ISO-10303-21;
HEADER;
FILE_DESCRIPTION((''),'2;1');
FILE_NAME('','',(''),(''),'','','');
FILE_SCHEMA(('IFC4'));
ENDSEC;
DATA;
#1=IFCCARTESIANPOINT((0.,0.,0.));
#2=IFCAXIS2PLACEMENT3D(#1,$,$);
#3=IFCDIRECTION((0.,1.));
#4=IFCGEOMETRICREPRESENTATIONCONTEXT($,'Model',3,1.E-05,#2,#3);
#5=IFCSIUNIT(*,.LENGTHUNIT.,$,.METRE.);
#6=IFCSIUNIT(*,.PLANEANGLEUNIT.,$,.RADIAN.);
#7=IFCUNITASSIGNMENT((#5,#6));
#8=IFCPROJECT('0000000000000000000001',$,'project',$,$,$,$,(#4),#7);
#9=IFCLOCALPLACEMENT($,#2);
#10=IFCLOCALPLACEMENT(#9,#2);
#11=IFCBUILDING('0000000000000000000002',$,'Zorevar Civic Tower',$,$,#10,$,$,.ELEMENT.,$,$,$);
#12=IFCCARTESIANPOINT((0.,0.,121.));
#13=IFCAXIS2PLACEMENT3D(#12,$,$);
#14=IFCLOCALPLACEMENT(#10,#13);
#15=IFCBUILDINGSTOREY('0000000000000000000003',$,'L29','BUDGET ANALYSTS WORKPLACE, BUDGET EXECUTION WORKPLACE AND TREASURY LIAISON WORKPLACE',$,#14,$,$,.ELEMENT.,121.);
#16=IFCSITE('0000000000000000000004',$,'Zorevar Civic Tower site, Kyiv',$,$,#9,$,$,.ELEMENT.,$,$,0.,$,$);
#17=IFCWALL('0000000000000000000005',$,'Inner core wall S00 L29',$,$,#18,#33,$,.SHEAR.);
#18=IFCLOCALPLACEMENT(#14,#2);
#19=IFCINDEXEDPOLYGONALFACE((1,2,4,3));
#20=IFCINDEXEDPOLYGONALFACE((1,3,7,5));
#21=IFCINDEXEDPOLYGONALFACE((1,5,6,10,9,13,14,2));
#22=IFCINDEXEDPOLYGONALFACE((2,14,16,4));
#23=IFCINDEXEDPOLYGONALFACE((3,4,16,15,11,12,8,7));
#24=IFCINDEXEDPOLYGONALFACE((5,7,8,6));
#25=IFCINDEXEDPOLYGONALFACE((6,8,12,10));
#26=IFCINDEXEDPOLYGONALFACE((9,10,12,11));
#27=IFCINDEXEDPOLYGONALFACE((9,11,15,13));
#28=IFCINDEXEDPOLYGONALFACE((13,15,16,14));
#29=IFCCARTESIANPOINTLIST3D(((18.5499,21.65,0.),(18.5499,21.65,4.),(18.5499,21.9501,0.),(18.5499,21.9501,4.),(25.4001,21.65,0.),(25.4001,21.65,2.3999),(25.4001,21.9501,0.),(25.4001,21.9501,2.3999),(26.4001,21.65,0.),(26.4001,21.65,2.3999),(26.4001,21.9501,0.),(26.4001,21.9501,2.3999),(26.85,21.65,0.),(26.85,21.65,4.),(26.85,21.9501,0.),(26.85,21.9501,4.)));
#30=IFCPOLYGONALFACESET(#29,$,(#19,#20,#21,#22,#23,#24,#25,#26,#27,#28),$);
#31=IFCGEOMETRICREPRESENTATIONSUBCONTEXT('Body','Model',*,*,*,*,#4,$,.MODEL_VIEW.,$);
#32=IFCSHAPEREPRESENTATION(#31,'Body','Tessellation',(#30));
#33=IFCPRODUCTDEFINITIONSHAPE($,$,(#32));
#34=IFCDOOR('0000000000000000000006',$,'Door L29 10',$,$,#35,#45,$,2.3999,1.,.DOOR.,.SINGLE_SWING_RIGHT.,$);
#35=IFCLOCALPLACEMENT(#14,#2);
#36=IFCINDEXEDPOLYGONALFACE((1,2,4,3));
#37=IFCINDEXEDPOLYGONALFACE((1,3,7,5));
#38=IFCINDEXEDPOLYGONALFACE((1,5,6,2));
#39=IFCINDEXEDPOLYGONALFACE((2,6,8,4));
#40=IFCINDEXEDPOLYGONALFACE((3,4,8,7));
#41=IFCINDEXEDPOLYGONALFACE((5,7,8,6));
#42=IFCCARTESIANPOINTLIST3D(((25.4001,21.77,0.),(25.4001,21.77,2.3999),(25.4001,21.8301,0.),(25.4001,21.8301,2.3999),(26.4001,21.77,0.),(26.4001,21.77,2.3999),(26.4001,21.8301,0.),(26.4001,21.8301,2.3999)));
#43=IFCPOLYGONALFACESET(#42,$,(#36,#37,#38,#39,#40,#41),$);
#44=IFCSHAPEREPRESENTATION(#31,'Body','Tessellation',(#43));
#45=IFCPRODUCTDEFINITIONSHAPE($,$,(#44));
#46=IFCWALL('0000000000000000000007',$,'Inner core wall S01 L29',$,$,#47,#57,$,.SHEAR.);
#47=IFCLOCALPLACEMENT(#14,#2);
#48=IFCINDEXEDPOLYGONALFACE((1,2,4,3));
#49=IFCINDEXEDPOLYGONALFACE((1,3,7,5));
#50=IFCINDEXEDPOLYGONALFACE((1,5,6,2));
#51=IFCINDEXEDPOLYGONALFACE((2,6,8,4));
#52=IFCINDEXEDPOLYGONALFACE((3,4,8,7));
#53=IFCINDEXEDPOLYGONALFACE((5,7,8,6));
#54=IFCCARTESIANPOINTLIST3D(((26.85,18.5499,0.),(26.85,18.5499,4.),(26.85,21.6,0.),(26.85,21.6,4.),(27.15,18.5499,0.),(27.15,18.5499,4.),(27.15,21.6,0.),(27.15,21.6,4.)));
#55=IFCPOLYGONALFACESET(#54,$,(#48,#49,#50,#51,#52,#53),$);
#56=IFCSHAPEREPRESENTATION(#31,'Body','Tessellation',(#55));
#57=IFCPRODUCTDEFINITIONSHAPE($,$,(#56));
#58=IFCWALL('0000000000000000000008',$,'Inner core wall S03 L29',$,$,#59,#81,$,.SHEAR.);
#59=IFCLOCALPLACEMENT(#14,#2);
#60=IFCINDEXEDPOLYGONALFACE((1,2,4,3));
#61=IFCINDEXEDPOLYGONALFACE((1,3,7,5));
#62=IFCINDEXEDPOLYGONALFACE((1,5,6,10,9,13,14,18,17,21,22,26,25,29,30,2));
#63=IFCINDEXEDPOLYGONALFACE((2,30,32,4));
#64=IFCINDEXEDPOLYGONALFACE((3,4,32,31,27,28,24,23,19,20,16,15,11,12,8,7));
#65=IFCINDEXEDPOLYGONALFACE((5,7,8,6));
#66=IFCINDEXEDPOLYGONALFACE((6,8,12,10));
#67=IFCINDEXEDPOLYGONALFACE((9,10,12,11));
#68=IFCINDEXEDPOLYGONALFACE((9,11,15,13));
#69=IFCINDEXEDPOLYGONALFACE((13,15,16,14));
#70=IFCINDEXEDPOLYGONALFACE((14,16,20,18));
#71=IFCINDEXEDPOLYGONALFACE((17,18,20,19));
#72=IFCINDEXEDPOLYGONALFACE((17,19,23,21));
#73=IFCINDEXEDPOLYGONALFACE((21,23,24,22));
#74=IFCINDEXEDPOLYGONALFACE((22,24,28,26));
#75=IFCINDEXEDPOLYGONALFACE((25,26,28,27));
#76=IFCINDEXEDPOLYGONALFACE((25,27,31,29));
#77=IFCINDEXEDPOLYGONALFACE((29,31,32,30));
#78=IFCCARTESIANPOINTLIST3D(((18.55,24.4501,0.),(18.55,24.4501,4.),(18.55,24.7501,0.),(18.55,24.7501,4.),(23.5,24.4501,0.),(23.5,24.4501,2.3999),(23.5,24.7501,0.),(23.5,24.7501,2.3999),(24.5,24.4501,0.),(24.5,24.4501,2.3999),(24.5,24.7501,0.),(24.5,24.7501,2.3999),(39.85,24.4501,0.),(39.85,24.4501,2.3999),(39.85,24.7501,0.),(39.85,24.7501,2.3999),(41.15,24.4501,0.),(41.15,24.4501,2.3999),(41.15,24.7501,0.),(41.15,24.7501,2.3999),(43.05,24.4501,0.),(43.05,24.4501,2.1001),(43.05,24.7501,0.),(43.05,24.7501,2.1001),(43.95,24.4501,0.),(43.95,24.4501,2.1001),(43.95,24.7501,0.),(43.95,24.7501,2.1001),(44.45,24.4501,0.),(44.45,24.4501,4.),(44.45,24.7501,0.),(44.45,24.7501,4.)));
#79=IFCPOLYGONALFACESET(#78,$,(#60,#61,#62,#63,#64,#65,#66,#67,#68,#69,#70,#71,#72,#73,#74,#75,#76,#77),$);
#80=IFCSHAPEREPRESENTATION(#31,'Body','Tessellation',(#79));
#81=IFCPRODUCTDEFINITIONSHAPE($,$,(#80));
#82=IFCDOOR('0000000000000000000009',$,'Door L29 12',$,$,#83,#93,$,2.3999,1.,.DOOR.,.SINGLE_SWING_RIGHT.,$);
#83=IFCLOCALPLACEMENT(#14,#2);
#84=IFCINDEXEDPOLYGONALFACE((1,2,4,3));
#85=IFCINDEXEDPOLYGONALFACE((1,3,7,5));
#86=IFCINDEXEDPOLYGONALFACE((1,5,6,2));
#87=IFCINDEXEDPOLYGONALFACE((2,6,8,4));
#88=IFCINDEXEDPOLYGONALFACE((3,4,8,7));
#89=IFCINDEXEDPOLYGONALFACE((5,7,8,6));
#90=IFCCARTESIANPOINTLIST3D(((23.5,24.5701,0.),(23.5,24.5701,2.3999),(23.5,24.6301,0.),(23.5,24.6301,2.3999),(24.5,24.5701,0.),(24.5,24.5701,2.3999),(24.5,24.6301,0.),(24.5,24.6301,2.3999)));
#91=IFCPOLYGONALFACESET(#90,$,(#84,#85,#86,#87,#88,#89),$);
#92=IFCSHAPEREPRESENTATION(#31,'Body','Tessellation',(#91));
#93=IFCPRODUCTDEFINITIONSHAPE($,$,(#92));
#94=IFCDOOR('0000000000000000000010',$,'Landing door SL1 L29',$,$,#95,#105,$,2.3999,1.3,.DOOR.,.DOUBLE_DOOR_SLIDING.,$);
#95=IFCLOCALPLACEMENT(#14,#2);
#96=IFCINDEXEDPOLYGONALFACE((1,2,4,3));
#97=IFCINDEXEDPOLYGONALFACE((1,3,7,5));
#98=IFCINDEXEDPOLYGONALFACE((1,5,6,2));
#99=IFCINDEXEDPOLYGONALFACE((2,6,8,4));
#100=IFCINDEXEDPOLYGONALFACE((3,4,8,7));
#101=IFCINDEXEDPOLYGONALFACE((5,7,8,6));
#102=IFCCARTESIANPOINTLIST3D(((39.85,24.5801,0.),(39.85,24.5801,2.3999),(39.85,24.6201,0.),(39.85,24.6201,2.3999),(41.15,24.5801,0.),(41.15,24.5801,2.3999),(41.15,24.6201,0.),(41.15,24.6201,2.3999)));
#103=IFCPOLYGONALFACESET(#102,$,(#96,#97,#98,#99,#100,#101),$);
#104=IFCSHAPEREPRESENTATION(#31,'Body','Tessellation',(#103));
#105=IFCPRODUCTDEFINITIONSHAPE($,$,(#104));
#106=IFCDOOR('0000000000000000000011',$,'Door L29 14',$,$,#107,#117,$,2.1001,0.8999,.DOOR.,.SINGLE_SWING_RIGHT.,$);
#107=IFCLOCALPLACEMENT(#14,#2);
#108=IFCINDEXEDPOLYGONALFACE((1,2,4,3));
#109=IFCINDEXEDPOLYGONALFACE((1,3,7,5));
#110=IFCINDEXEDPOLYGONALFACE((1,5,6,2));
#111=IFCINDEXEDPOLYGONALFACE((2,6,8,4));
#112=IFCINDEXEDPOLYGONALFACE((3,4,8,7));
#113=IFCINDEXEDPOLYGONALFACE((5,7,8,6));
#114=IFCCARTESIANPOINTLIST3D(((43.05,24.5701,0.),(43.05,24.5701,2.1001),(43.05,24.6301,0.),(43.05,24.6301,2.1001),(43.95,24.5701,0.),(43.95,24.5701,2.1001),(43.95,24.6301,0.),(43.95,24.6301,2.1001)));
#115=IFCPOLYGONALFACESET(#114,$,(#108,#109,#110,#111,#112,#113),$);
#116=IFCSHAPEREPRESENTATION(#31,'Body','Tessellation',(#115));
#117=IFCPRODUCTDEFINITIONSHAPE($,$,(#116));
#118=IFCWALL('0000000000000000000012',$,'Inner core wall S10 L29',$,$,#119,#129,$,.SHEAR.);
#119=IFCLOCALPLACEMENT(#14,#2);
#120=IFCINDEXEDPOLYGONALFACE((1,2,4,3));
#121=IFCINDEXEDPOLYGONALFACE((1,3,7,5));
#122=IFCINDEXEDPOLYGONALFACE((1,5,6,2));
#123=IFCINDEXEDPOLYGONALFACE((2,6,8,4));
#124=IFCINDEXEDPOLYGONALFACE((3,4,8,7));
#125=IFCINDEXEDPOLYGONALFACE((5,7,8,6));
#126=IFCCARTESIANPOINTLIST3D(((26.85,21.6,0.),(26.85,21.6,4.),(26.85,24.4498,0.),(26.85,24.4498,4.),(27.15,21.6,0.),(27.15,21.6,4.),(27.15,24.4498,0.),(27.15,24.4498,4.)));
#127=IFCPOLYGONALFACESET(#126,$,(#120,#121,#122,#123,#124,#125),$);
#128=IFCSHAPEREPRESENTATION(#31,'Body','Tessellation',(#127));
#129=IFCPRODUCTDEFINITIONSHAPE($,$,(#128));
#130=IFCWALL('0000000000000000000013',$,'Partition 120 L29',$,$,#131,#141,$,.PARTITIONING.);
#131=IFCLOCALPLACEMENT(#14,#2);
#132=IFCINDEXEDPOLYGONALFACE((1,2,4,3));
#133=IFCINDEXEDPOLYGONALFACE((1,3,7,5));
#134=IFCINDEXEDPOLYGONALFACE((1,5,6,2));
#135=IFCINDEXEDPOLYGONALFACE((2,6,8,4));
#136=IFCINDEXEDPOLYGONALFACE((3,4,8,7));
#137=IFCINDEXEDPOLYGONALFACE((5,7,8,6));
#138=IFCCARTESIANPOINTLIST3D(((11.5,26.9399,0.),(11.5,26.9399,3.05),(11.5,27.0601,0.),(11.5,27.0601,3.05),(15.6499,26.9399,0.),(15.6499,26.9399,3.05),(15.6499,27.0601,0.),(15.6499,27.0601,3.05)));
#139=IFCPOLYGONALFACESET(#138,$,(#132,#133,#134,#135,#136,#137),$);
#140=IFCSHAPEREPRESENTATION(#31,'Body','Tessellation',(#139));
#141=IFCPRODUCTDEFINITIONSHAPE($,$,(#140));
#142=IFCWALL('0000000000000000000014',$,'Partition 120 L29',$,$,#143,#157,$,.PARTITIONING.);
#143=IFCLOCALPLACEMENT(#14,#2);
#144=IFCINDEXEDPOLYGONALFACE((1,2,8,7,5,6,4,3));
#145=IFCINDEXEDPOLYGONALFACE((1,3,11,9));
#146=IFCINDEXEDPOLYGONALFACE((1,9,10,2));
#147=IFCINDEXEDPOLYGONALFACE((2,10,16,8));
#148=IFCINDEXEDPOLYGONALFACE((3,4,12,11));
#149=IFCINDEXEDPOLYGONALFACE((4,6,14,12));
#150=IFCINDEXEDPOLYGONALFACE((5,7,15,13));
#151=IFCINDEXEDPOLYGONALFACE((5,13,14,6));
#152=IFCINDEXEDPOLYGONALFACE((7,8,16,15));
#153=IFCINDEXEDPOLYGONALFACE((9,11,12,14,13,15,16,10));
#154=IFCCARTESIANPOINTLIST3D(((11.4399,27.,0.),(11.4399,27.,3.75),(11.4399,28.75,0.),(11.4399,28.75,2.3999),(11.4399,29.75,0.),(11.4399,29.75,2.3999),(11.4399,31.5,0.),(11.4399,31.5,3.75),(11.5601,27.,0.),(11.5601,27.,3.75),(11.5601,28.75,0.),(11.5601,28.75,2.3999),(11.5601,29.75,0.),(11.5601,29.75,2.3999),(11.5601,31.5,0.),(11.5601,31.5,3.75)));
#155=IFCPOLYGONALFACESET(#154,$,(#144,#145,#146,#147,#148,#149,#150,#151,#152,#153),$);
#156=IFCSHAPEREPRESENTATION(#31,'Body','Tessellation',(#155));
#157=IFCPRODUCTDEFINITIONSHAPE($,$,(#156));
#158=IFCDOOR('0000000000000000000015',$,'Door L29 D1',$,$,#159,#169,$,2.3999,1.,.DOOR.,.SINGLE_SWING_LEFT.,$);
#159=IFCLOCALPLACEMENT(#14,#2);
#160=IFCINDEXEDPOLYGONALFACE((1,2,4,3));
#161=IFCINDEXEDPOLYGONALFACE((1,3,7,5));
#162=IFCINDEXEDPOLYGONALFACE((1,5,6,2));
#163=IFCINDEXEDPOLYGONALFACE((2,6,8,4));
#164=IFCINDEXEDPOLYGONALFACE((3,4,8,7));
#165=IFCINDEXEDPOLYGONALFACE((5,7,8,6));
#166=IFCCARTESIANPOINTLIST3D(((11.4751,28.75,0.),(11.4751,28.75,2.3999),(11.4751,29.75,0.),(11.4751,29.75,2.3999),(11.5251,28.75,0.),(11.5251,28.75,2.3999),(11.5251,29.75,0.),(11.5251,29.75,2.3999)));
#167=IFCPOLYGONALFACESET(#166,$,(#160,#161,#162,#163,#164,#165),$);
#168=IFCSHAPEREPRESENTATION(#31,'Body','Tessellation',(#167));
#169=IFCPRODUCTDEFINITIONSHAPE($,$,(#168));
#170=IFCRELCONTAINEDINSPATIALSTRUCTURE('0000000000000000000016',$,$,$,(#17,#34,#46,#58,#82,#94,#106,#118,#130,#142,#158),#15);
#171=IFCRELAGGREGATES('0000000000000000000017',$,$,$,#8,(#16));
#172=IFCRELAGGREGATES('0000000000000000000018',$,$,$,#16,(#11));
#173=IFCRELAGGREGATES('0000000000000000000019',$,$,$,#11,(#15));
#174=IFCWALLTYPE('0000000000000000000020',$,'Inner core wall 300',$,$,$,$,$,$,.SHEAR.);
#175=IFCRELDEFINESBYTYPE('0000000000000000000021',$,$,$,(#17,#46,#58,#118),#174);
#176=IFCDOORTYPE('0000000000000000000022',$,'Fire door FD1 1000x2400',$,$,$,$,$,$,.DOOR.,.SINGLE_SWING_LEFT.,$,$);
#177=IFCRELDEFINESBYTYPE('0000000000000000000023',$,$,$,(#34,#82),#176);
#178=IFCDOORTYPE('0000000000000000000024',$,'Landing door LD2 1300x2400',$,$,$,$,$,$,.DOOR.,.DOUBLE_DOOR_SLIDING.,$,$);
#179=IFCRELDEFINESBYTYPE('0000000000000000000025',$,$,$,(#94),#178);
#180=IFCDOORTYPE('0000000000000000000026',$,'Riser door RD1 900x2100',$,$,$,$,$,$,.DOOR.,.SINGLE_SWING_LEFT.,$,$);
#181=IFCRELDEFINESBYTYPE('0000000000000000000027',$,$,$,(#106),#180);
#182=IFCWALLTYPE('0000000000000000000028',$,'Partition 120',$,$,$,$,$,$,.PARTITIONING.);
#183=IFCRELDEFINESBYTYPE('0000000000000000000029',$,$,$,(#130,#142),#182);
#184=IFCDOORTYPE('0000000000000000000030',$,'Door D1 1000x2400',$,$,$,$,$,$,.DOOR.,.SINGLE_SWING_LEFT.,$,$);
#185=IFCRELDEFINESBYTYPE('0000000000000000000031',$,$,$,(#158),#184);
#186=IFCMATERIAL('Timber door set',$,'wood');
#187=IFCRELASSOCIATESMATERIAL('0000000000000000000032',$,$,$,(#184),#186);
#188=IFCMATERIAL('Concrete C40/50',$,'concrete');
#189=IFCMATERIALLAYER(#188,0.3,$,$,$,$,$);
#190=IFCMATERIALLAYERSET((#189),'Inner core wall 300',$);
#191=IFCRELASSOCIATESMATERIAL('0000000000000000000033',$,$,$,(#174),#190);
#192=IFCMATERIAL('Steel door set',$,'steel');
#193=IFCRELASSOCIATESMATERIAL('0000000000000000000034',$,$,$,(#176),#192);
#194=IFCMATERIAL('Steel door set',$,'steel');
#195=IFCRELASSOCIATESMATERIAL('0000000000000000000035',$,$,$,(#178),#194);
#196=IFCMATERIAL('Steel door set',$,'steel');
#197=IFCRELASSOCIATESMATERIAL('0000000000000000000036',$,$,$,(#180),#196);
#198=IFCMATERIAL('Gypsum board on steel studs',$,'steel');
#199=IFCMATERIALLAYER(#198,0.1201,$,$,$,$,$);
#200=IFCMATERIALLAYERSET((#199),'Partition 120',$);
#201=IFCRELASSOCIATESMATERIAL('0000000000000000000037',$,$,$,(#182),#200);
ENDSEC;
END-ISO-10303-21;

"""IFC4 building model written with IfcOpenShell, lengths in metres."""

from ifc_helpers import new_model, si_unit, direction, frame, frame_2d, origin, place, context, subcontext, project, spatial, rectangle, extrude, material, layer, layer_set, type_object, element, fill, save


model = new_model("IFC4")

# Units and contexts
model_context = context("Model", 3, precision=1e-05, world=origin(), true_north=direction((0.0, 1.0)))
body_context = subcontext(model_context, "Body", "Model", "MODEL_VIEW")
ifc_project = project(units=[si_unit("LENGTHUNIT", "METRE"), si_unit("PLANEANGLEUNIT", "RADIAN")], contexts=[model_context])

# Site, building, storey
site_placement = place(None, origin())
site = spatial("IfcSite", under=ifc_project, at=site_placement, Name="Zorevar Civic Tower site, Kyiv", CompositionType="ELEMENT", RefElevation=0.0)
building_placement = place(site_placement, origin())
building = spatial("IfcBuilding", under=site, at=building_placement, Name="Zorevar Civic Tower", CompositionType="ELEMENT")
storey_placement = place(building_placement, frame((0.0, 0.0, 121.0)))
storey = spatial("IfcBuildingStorey", under=building, at=storey_placement, Name="L29", Description="BUDGET ANALYSTS WORKPLACE, BUDGET EXECUTION WORKPLACE AND TREASURY LIAISON WORKPLACE", CompositionType="ELEMENT", Elevation=121.0)

# Shared definitions
ifc_material_1 = material(Name="Timber door set", Category="wood")
door_type_1 = type_object("IfcDoorType", Name="Door D1 1000x2400", OperationType="SINGLE_SWING_LEFT", PredefinedType="DOOR", material=ifc_material_1)

# Wall, opening, door
ifc_material_2 = material(Name="Concrete C40/50", Category="concrete")
ifc_layer_1 = layer(ifc_material_2, 0.3)
ifc_layer_set_1 = layer_set([ifc_layer_1], Name="Inner core wall 300")
wall_type_1 = type_object("IfcWallType", Name="Inner core wall 300", PredefinedType="SHEAR", material=ifc_layer_set_1)
wall_1_placement = place(storey_placement, frame((18.55, 21.8, 0.0), z_axis=(0.0, 0.0, 1.0), x_axis=(1.0, 0.0, 0.0)))
wall_1 = element("IfcWall", 1, at=wall_1_placement, inside=storey, type_object=wall_type_1, Name="Inner core wall S00 L29", PredefinedType="SHEAR", context=body_context, shape_type="SweptSolid", body=[
    extrude(rectangle(XDim=8.3, YDim=0.3, at=frame_2d((4.1499, 0.0))), origin(), (0.0, 0.0, 1.0), 4.0),
])
opening_1_placement = place(wall_1_placement, frame((6.8501, 0.0, 0.0)))
opening_1 = element("IfcOpeningElement", 2, at=opening_1_placement, cuts=wall_1, PredefinedType="OPENING", context=body_context, shape_type="SweptSolid", body=[
    extrude(rectangle(XDim=1.0, YDim=2.3999, at=frame_2d((0.5, 1.2))), frame((0.0, 0.1599, 0.0), z_axis=(0.0, -1.0, 0.0), x_axis=(1.0, 0.0, 0.0)), (0.0, 0.0, 1.0), 0.3201),
])
ifc_material_3 = material(Name="Steel door set", Category="steel")
door_type_2 = type_object("IfcDoorType", Name="Fire door FD1 1000x2400", OperationType="SINGLE_SWING_LEFT", PredefinedType="DOOR", material=ifc_material_3)
door_1_placement = place(opening_1_placement, origin())
door_1 = element("IfcDoor", 3, at=door_1_placement, inside=storey, type_object=door_type_2, Name="Door L29 10", OperationType="SINGLE_SWING_RIGHT", OverallHeight=2.3999, OverallWidth=1.0, PredefinedType="DOOR", context=body_context, shape_type="SweptSolid", body=[
    extrude(rectangle(XDim=1.0, YDim=2.3999, at=frame_2d((0.5, 1.2))), frame((0.0, 0.03, 0.0), z_axis=(0.0, -1.0, 0.0), x_axis=(1.0, 0.0, 0.0)), (0.0, 0.0, 1.0), 0.0601),
])
fill(opening_1, door_1)

# Wall
wall_2_placement = place(storey_placement, frame((27.0, 18.55, 0.0), z_axis=(0.0, 0.0, 1.0), x_axis=(0.0, 1.0, 0.0)))
element("IfcWall", 4, at=wall_2_placement, inside=storey, type_object=wall_type_1, Name="Inner core wall S01 L29", PredefinedType="SHEAR", context=body_context, shape_type="SweptSolid", body=[
    extrude(rectangle(XDim=3.05, YDim=0.3, at=frame_2d((1.5249, 0.0))), origin(), (0.0, 0.0, 1.0), 4.0),
])

# Wall, openings, doors
wall_3_placement = place(storey_placement, frame((18.55, 24.6001, 0.0), z_axis=(0.0, 0.0, 1.0), x_axis=(1.0, 0.0, 0.0)))
wall_3 = element("IfcWall", 5, at=wall_3_placement, inside=storey, type_object=wall_type_1, Name="Inner core wall S03 L29", PredefinedType="SHEAR", context=body_context, shape_type="SweptSolid", body=[
    extrude(rectangle(XDim=25.8999, YDim=0.3, at=frame_2d((12.95, 0.0))), origin(), (0.0, 0.0, 1.0), 4.0),
])
opening_2_placement = place(wall_3_placement, frame((4.95, 0.0, 0.0)))
opening_2 = element("IfcOpeningElement", 6, at=opening_2_placement, cuts=wall_3, PredefinedType="OPENING", context=body_context, shape_type="SweptSolid", body=[
    extrude(rectangle(XDim=1.0, YDim=2.3999, at=frame_2d((0.5, 1.2))), frame((0.0, 0.1599, 0.0), z_axis=(0.0, -1.0, 0.0), x_axis=(1.0, 0.0, 0.0)), (0.0, 0.0, 1.0), 0.3201),
])
opening_3_placement = place(wall_3_placement, frame((24.5, 0.0, 0.0)))
opening_3 = element("IfcOpeningElement", 7, at=opening_3_placement, cuts=wall_3, PredefinedType="OPENING", context=body_context, shape_type="SweptSolid", body=[
    extrude(rectangle(XDim=0.8999, YDim=2.1001, at=frame_2d((0.45, 1.05))), frame((0.0, 0.1599, 0.0), z_axis=(0.0, -1.0, 0.0), x_axis=(1.0, 0.0, 0.0)), (0.0, 0.0, 1.0), 0.3201),
])
opening_4_placement = place(wall_3_placement, frame((21.3, 0.0, 0.0)))
opening_4 = element("IfcOpeningElement", 8, at=opening_4_placement, cuts=wall_3, PredefinedType="OPENING", context=body_context, shape_type="SweptSolid", body=[
    extrude(rectangle(XDim=1.3, YDim=2.3999, at=frame_2d((0.6499, 1.2))), frame((0.0, 0.1599, 0.0), z_axis=(0.0, -1.0, 0.0), x_axis=(1.0, 0.0, 0.0)), (0.0, 0.0, 1.0), 0.3201),
])
door_2_placement = place(opening_2_placement, origin())
door_2 = element("IfcDoor", 9, at=door_2_placement, inside=storey, type_object=door_type_2, Name="Door L29 12", OperationType="SINGLE_SWING_RIGHT", OverallHeight=2.3999, OverallWidth=1.0, PredefinedType="DOOR", context=body_context, shape_type="SweptSolid", body=[
    extrude(rectangle(XDim=1.0, YDim=2.3999, at=frame_2d((0.5, 1.2))), frame((0.0, 0.03, 0.0), z_axis=(0.0, -1.0, 0.0), x_axis=(1.0, 0.0, 0.0)), (0.0, 0.0, 1.0), 0.0601),
])
fill(opening_2, door_2)
ifc_material_4 = material(Name="Steel door set", Category="steel")
door_type_3 = type_object("IfcDoorType", Name="Landing door LD2 1300x2400", OperationType="DOUBLE_DOOR_SLIDING", PredefinedType="DOOR", material=ifc_material_4)
door_3_placement = place(opening_4_placement, origin())
door_3 = element("IfcDoor", 10, at=door_3_placement, inside=storey, type_object=door_type_3, Name="Landing door SL1 L29", OperationType="DOUBLE_DOOR_SLIDING", OverallHeight=2.3999, OverallWidth=1.3, PredefinedType="DOOR", context=body_context, shape_type="SweptSolid", body=[
    extrude(rectangle(XDim=1.3, YDim=2.3999, at=frame_2d((0.6499, 1.2))), frame((0.0, 0.02, 0.0), z_axis=(0.0, -1.0, 0.0), x_axis=(1.0, 0.0, 0.0)), (0.0, 0.0, 1.0), 0.04),
])
fill(opening_4, door_3)
ifc_material_5 = material(Name="Steel door set", Category="steel")
door_type_4 = type_object("IfcDoorType", Name="Riser door RD1 900x2100", OperationType="SINGLE_SWING_LEFT", PredefinedType="DOOR", material=ifc_material_5)
door_4_placement = place(opening_3_placement, origin())
door_4 = element("IfcDoor", 11, at=door_4_placement, inside=storey, type_object=door_type_4, Name="Door L29 14", OperationType="SINGLE_SWING_RIGHT", OverallHeight=2.1001, OverallWidth=0.8999, PredefinedType="DOOR", context=body_context, shape_type="SweptSolid", body=[
    extrude(rectangle(XDim=0.8999, YDim=2.1001, at=frame_2d((0.45, 1.05))), frame((0.0, 0.03, 0.0), z_axis=(0.0, -1.0, 0.0), x_axis=(1.0, 0.0, 0.0)), (0.0, 0.0, 1.0), 0.0601),
])
fill(opening_3, door_4)

# Walls
wall_4_placement = place(storey_placement, frame((27.0, 21.6001, 0.0), z_axis=(0.0, 0.0, 1.0), x_axis=(0.0, 1.0, 0.0)))
element("IfcWall", 12, at=wall_4_placement, inside=storey, type_object=wall_type_1, Name="Inner core wall S10 L29", PredefinedType="SHEAR", context=body_context, shape_type="SweptSolid", body=[
    extrude(rectangle(XDim=2.8499, YDim=0.3, at=frame_2d((1.4248, 0.0))), origin(), (0.0, 0.0, 1.0), 4.0),
])
ifc_material_6 = material(Name="Gypsum board on steel studs", Category="steel")
ifc_layer_2 = layer(ifc_material_6, 0.1201)
ifc_layer_set_2 = layer_set([ifc_layer_2], Name="Partition 120")
wall_type_2 = type_object("IfcWallType", Name="Partition 120", PredefinedType="PARTITIONING", material=ifc_layer_set_2)
wall_5_placement = place(storey_placement, frame((11.5, 27.0, 0.0), z_axis=(0.0, 0.0, 1.0), x_axis=(1.0, 0.0, 0.0)))
element("IfcWall", 13, at=wall_5_placement, inside=storey, type_object=wall_type_2, Name="Partition 120 L29", PredefinedType="PARTITIONING", context=body_context, shape_type="SweptSolid", body=[
    extrude(rectangle(XDim=4.1499, YDim=0.1201, at=frame_2d((2.075, 0.0))), origin(), (0.0, 0.0, 1.0), 3.05),
])

# Wall, opening, door
wall_6_placement = place(storey_placement, frame((11.5, 27.0, 0.0), z_axis=(0.0, 0.0, 1.0), x_axis=(0.0, 1.0, 0.0)))
wall_6 = element("IfcWall", 14, at=wall_6_placement, inside=storey, type_object=wall_type_2, Name="Partition 120 L29", PredefinedType="PARTITIONING", context=body_context, shape_type="SweptSolid", body=[
    extrude(rectangle(XDim=4.5, YDim=0.1201, at=frame_2d((2.25, 0.0))), origin(), (0.0, 0.0, 1.0), 3.75),
])
opening_5_placement = place(wall_6_placement, frame((1.75, 0.0, 0.0)))
opening_5 = element("IfcOpeningElement", 15, at=opening_5_placement, cuts=wall_6, PredefinedType="OPENING", context=body_context, shape_type="SweptSolid", body=[
    extrude(rectangle(XDim=1.0, YDim=2.3999, at=frame_2d((0.5, 1.2))), frame((0.0, 0.0701, 0.0), z_axis=(0.0, -1.0, 0.0), x_axis=(1.0, 0.0, 0.0)), (0.0, 0.0, 1.0), 0.1401),
])
door_5_placement = place(opening_5_placement, origin())
door_5 = element("IfcDoor", 16, at=door_5_placement, inside=storey, type_object=door_type_1, Name="Door L29 D1", OperationType="SINGLE_SWING_LEFT", OverallHeight=2.3999, OverallWidth=1.0, PredefinedType="DOOR", context=body_context, shape_type="SweptSolid", body=[
    extrude(rectangle(XDim=1.0, YDim=2.3999, at=frame_2d((0.5, 1.2))), frame((0.0, 0.0249, 0.0), z_axis=(0.0, -1.0, 0.0), x_axis=(1.0, 0.0, 0.0)), (0.0, 0.0, 1.0), 0.05),
])
fill(opening_5, door_5)

save(model, "model.ifc")
